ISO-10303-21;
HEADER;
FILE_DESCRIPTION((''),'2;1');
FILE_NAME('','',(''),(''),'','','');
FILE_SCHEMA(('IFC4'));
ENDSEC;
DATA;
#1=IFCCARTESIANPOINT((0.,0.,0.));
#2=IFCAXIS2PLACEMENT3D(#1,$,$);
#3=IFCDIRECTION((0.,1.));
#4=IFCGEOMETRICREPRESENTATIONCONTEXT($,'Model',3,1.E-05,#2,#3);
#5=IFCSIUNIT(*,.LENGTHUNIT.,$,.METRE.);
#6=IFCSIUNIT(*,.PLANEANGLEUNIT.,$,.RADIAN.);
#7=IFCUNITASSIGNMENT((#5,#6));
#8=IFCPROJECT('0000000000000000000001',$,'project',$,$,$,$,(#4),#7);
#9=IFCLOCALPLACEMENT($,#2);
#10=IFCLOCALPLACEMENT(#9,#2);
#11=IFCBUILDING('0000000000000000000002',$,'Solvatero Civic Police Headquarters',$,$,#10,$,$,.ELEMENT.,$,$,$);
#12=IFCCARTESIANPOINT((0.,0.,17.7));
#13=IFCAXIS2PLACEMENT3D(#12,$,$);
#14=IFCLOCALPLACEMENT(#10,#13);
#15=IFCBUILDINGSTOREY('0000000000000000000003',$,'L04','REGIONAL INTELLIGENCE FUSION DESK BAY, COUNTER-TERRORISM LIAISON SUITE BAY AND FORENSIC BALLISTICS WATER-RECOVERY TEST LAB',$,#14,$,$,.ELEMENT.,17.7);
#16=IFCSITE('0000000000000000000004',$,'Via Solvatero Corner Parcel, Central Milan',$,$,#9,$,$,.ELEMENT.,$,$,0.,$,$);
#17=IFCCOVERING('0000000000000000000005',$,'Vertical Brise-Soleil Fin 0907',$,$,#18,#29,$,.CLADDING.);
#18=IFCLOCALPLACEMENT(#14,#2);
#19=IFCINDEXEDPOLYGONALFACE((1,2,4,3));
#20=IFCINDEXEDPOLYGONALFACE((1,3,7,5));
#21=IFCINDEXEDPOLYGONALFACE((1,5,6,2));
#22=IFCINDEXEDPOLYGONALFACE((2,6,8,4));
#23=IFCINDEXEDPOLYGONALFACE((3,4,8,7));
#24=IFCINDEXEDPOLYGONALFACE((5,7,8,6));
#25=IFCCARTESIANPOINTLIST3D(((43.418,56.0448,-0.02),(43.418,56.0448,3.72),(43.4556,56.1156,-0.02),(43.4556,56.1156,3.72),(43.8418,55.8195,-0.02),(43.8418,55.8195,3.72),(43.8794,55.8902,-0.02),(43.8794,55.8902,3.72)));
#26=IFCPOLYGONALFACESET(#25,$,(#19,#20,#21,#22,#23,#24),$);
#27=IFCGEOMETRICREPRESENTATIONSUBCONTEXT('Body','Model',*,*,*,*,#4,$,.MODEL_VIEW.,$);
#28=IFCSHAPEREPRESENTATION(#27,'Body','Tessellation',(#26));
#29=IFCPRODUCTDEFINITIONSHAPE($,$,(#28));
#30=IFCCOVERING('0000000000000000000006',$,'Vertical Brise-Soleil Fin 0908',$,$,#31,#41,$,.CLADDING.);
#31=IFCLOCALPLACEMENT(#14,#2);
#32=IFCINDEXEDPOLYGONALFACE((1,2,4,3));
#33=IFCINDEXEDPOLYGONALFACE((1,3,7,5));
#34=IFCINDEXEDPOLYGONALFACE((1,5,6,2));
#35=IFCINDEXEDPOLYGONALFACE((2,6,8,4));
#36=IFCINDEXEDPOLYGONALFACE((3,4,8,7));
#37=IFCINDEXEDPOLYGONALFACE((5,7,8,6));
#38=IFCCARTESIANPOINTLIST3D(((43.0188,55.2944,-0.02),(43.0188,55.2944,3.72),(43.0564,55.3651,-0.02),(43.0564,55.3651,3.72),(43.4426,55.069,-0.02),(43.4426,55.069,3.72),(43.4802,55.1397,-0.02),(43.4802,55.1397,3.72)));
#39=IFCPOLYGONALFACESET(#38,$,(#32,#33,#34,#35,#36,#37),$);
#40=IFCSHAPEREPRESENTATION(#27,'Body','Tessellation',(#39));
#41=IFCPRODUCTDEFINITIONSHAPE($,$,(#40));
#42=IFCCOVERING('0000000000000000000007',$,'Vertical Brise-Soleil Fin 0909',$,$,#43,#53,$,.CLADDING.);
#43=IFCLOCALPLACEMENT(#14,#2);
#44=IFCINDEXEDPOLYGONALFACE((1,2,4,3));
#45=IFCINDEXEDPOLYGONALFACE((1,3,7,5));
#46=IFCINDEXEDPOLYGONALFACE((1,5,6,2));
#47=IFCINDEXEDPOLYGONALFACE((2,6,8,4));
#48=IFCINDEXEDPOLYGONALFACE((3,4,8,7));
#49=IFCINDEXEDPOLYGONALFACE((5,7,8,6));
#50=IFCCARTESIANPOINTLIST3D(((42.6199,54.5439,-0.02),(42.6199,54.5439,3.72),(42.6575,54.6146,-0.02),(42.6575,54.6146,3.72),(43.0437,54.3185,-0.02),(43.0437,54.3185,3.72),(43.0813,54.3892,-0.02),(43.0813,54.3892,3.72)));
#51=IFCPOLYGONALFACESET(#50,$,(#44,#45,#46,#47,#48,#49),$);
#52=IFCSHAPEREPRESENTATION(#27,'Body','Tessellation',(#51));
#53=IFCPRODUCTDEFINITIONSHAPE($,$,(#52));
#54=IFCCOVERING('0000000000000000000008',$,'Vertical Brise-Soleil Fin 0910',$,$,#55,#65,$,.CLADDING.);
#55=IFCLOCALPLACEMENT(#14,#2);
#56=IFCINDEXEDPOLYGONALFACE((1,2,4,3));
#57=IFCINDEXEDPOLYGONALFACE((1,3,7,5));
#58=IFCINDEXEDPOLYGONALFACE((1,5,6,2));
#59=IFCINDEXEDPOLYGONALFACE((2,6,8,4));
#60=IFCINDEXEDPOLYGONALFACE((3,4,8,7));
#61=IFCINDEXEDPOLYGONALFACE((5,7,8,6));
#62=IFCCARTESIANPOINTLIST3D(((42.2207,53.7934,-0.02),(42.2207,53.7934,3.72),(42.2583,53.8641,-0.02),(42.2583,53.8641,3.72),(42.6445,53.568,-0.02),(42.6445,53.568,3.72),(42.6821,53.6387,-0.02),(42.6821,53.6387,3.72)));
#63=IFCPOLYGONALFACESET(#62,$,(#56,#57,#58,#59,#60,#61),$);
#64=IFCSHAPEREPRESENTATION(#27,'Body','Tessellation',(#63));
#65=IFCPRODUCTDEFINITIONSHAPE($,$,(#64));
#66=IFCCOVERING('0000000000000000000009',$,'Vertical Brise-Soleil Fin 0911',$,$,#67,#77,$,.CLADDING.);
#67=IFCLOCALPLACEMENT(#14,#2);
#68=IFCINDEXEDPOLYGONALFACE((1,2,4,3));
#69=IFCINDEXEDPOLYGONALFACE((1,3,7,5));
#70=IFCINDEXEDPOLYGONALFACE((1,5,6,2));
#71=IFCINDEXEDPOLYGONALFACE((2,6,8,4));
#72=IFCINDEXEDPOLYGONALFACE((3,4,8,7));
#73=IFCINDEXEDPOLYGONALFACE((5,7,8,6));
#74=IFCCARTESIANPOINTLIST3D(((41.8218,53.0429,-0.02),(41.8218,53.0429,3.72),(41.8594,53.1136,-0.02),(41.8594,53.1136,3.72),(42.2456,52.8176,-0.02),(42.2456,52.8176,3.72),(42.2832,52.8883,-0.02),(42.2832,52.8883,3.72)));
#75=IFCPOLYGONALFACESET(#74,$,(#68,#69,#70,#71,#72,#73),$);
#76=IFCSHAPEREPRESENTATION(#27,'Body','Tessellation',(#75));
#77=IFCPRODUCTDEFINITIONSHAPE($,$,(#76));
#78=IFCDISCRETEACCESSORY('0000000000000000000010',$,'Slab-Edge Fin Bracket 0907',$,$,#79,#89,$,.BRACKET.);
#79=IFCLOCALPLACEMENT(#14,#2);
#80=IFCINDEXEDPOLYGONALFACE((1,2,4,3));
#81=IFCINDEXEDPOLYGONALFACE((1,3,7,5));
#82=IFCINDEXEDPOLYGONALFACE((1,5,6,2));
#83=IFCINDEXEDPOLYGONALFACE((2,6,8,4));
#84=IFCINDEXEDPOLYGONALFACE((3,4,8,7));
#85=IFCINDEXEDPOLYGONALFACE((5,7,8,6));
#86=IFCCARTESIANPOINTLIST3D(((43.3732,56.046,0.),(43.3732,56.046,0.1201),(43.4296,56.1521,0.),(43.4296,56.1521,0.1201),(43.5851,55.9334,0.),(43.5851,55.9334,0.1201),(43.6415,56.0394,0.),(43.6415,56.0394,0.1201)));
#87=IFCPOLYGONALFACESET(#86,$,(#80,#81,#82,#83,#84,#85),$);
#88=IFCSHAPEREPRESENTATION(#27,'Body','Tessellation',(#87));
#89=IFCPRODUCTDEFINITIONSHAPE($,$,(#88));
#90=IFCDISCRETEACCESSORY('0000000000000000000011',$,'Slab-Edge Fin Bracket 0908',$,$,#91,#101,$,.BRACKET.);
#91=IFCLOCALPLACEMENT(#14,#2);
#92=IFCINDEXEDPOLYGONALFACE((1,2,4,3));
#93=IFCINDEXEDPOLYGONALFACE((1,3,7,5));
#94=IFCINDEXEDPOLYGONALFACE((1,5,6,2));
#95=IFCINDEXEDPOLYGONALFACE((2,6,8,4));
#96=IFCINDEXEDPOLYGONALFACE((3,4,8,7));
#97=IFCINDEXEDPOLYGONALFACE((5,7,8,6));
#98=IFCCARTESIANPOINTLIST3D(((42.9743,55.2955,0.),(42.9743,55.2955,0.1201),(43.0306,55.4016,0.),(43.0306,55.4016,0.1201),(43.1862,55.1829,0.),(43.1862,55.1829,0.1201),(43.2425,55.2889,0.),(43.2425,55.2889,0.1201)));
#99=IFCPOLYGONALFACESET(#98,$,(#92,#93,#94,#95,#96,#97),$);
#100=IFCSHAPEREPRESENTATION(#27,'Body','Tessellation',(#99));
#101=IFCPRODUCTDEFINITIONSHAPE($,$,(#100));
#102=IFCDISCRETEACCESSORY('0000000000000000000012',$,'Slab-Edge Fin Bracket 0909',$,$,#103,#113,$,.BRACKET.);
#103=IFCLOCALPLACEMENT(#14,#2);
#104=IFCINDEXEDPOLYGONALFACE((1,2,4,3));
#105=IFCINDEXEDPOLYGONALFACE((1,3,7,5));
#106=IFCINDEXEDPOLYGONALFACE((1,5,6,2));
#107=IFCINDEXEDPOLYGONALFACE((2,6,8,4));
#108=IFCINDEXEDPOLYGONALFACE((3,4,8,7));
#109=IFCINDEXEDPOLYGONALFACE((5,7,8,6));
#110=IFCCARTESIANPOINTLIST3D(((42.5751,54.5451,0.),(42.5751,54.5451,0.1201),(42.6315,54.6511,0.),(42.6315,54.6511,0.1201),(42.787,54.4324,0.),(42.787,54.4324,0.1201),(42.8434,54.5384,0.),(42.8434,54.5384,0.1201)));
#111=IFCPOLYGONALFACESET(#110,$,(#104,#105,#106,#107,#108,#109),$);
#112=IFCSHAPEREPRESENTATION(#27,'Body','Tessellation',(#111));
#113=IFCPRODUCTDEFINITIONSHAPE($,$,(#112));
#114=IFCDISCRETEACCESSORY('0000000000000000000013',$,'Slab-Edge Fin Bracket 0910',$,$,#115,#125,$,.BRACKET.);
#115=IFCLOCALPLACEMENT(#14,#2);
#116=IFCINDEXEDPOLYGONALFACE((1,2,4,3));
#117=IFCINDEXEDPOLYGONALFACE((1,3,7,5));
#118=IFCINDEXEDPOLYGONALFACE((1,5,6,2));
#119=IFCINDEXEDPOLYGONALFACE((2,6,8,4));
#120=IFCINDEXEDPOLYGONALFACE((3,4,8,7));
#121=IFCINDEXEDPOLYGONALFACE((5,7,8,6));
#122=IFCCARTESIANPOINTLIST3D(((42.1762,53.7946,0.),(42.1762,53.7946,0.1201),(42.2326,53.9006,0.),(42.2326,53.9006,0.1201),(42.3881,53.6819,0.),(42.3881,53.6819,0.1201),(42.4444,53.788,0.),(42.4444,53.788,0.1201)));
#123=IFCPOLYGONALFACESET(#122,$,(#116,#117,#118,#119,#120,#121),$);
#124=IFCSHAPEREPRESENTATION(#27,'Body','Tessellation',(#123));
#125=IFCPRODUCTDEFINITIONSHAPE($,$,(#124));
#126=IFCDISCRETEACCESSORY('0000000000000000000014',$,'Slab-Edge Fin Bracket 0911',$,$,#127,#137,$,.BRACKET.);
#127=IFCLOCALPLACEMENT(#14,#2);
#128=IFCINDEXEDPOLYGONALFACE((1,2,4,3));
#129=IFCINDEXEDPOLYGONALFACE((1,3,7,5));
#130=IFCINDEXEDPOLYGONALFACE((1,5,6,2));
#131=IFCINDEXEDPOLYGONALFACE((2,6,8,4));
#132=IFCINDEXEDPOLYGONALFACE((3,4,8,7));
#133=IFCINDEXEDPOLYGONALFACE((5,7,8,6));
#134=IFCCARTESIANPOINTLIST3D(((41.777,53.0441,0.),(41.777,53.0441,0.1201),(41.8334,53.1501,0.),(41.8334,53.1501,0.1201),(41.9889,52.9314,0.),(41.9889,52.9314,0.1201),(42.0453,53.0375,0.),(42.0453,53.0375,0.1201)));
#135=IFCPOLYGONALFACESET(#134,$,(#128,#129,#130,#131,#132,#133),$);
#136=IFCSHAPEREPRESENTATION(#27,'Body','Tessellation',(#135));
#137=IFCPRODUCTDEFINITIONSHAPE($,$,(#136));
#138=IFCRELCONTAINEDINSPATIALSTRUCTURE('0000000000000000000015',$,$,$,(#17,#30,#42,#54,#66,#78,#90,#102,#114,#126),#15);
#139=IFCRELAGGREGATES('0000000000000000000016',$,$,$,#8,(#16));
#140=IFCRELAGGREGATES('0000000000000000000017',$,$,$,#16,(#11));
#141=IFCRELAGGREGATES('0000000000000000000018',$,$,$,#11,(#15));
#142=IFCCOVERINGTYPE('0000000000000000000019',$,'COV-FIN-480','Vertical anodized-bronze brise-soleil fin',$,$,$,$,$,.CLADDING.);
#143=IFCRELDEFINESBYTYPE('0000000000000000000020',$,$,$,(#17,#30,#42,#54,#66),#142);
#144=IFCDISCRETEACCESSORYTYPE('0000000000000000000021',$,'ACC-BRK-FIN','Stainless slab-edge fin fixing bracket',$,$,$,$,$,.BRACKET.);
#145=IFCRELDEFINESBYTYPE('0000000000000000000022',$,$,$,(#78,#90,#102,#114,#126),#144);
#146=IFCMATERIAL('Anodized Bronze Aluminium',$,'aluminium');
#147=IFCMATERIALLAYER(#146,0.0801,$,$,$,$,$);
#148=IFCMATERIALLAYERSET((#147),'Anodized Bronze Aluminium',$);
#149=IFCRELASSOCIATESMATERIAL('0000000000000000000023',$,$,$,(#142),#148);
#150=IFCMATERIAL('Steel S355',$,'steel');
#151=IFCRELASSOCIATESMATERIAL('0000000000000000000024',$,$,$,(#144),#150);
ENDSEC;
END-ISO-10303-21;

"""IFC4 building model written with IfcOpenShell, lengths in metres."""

from ifc_helpers import new_model, si_unit, direction, frame, origin, origin_2d, place, context, subcontext, project, spatial, rectangle, extrude, material, layer, layer_set, type_object, element, save


model = new_model("IFC4")

# Units and contexts
model_context = context("Model", 3, precision=1e-05, world=origin(), true_north=direction((0.0, 1.0)))
body_context = subcontext(model_context, "Body", "Model", "MODEL_VIEW")
ifc_project = project(units=[si_unit("LENGTHUNIT", "METRE"), si_unit("PLANEANGLEUNIT", "RADIAN")], contexts=[model_context])

# Site, building, storey
site_placement = place(None, origin())
site = spatial("IfcSite", under=ifc_project, at=site_placement, Name="Via Solvatero Corner Parcel, Central Milan", CompositionType="ELEMENT", RefElevation=0.0)
building_placement = place(site_placement, origin())
building = spatial("IfcBuilding", under=site, at=building_placement, Name="Solvatero Civic Police Headquarters", CompositionType="ELEMENT")
storey_placement = place(building_placement, frame((0.0, 0.0, 17.7)))
storey = spatial("IfcBuildingStorey", under=building, at=storey_placement, Name="L04", Description="REGIONAL INTELLIGENCE FUSION DESK BAY, COUNTER-TERRORISM LIAISON SUITE BAY AND FORENSIC BALLISTICS WATER-RECOVERY TEST LAB", CompositionType="ELEMENT", Elevation=17.7)

# Shared definitions
ifc_material_1 = material(Name="Anodized Bronze Aluminium", Category="aluminium")

# Coverings
ifc_layer_1 = layer(ifc_material_1, 0.0801)
ifc_layer_set_1 = layer_set([ifc_layer_1], Name="Anodized Bronze Aluminium")
covering_type = type_object("IfcCoveringType", Name="COV-FIN-480", Description="Vertical anodized-bronze brise-soleil fin", PredefinedType="CLADDING", material=ifc_layer_set_1)
for number, where, z_axis, x_axis, name in (
    (1, (43.6487, 55.9675, -0.02), (0.0, 0.0, 1.0), (-0.469487, -0.882939, 0.0), "Vertical Brise-Soleil Fin 0907"),
    (2, (43.2495, 55.217, -0.02), (0.0, 0.0, 1.0), (-0.469487, -0.882939, 0.0), "Vertical Brise-Soleil Fin 0908"),
    (3, (42.8506, 54.4666, -0.02), (0.0, 0.0, 1.0), (-0.469487, -0.882939, 0.0), "Vertical Brise-Soleil Fin 0909"),
    (4, (42.4514, 53.7161, -0.02), (0.0, 0.0, 1.0), (-0.469487, -0.882939, 0.0), "Vertical Brise-Soleil Fin 0910"),
    (5, (42.0525, 52.9656, -0.02), (0.0, 0.0, 1.0), (-0.469487, -0.882939, 0.0), "Vertical Brise-Soleil Fin 0911"),
):
    element("IfcCovering", number, at=place(storey_placement, frame(where, z_axis=z_axis, x_axis=x_axis)), inside=storey, type_object=covering_type, Name=name, PredefinedType="CLADDING", context=body_context, shape_type="SweptSolid", body=[
        extrude(rectangle(XDim=0.0801, YDim=0.48, at=origin_2d()), origin(), (0.0, 0.0, 1.0), 3.74),
    ])

# Discrete accessories
ifc_material_2 = material(Name="Steel S355", Category="steel")
discrete_accessory_type = type_object("IfcDiscreteAccessoryType", Name="ACC-BRK-FIN", Description="Stainless slab-edge fin fixing bracket", PredefinedType="BRACKET", material=ifc_material_2)
for number, where, z_axis, x_axis, name in (
    (6, (43.5073, 56.0427, 0.0), (0.0, 0.0, 1.0), (-0.469487, -0.882939, 0.0), "Slab-Edge Fin Bracket 0907"),
    (7, (43.1084, 55.2922, 0.0), (0.0, 0.0, 1.0), (-0.469487, -0.882939, 0.0), "Slab-Edge Fin Bracket 0908"),
    (8, (42.7092, 54.5417, 0.0), (0.0, 0.0, 1.0), (-0.469487, -0.882939, 0.0), "Slab-Edge Fin Bracket 0909"),
    (9, (42.3103, 53.7913, 0.0), (0.0, 0.0, 1.0), (-0.469487, -0.882939, 0.0), "Slab-Edge Fin Bracket 0910"),
    (10, (41.9111, 53.0408, 0.0), (0.0, 0.0, 1.0), (-0.469487, -0.882939, 0.0), "Slab-Edge Fin Bracket 0911"),
):
    element("IfcDiscreteAccessory", number, at=place(storey_placement, frame(where, z_axis=z_axis, x_axis=x_axis)), inside=storey, type_object=discrete_accessory_type, Name=name, PredefinedType="BRACKET", context=body_context, shape_type="SweptSolid", body=[
        extrude(rectangle(XDim=0.1201, YDim=0.24, at=origin_2d()), origin(), (0.0, 0.0, 1.0), 0.1201),
    ])

save(model, "model.ifc")
